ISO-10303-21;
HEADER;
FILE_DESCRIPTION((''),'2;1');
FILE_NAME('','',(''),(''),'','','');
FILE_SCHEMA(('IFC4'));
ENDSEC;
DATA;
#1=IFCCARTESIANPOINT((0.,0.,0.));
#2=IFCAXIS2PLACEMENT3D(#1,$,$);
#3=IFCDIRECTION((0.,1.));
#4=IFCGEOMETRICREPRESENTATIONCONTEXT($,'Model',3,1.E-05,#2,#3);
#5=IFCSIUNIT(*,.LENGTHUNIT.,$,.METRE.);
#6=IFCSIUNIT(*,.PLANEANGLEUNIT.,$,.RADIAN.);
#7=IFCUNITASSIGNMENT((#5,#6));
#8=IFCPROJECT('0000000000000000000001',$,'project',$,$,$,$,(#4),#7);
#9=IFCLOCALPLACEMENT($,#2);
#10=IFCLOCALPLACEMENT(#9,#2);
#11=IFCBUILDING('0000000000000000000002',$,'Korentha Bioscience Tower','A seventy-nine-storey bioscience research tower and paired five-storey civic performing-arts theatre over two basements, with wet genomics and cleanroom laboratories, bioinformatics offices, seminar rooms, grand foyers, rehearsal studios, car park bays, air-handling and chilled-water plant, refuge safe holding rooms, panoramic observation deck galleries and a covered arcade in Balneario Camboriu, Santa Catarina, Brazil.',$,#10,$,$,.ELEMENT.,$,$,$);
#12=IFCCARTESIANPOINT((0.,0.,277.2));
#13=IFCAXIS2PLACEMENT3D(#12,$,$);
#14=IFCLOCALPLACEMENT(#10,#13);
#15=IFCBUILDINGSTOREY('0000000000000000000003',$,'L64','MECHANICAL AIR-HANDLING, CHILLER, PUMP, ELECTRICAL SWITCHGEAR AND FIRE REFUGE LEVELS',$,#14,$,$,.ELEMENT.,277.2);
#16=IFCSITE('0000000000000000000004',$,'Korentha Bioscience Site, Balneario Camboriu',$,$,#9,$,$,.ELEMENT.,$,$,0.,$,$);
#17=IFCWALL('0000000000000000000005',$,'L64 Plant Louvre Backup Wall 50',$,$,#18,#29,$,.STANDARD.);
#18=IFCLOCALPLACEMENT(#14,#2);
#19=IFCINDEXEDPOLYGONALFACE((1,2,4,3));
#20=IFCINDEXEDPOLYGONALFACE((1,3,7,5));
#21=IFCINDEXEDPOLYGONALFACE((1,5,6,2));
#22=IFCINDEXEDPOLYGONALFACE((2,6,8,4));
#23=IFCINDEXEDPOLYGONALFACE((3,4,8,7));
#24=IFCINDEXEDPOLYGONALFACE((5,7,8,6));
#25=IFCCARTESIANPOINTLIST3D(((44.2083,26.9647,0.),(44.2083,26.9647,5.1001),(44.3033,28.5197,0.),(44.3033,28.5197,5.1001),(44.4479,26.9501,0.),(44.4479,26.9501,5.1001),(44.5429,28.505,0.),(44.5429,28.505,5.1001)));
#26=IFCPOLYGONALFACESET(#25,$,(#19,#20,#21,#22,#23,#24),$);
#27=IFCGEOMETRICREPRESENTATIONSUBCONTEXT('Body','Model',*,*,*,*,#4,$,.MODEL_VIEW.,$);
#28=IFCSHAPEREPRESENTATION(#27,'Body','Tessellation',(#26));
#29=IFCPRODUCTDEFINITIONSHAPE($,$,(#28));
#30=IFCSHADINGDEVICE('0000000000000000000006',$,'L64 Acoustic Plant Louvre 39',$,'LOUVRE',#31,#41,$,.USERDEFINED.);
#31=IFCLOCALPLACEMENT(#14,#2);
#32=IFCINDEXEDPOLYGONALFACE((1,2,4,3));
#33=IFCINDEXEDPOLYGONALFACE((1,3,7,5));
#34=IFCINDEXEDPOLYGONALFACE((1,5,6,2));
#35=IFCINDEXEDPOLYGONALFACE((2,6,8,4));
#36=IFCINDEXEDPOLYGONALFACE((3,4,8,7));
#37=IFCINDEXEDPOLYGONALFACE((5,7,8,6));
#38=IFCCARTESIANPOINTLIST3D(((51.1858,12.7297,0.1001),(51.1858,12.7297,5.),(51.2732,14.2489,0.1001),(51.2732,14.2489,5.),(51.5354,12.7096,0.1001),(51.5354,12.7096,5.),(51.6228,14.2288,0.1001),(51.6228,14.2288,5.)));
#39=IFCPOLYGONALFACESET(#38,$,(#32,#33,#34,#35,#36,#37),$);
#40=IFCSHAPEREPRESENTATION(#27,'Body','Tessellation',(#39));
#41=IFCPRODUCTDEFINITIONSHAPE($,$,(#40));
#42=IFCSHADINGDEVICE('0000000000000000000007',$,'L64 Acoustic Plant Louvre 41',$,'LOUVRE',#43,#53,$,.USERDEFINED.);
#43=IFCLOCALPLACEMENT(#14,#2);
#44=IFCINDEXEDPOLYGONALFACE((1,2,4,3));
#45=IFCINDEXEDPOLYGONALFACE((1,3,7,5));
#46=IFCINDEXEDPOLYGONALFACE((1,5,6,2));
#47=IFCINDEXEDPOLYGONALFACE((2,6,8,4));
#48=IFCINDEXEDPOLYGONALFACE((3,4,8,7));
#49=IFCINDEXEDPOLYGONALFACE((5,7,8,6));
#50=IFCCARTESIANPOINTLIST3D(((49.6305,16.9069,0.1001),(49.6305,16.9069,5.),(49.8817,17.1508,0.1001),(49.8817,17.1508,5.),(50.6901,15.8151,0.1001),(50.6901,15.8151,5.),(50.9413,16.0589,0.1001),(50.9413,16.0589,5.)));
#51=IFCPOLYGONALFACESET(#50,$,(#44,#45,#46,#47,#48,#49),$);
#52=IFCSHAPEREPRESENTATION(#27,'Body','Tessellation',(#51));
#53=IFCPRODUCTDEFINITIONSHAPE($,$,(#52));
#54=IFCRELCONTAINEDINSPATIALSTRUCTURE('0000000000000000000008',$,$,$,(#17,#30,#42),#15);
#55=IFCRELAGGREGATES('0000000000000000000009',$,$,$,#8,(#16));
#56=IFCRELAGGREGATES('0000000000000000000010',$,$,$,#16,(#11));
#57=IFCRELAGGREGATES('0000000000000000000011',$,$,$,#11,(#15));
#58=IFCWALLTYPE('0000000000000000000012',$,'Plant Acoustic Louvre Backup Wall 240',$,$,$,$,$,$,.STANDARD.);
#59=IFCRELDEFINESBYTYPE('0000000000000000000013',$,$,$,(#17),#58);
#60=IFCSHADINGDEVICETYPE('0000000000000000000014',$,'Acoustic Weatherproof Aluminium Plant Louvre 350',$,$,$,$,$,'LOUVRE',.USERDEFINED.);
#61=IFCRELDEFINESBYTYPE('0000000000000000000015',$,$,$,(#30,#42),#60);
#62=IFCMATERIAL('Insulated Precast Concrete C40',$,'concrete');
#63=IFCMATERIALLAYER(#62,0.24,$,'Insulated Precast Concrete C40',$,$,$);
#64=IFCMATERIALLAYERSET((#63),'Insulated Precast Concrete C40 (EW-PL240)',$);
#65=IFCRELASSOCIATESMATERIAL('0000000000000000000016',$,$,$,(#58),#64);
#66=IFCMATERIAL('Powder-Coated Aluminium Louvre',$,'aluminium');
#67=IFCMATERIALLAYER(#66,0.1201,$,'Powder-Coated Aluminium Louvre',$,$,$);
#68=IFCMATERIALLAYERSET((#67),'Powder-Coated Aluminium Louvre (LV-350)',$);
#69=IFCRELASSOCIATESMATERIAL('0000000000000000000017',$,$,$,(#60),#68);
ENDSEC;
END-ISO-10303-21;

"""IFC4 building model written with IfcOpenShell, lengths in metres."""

from ifc_helpers import new_model, si_unit, direction, frame, frame_2d, origin, origin_2d, place, context, subcontext, project, spatial, rectangle, extrude, material, layer, layer_set, type_object, element, save


model = new_model("IFC4")

# Units and contexts
model_context = context("Model", 3, precision=1e-05, world=origin(), true_north=direction((0.0, 1.0)))
body_context = subcontext(model_context, "Body", "Model", "MODEL_VIEW")
ifc_project = project(units=[si_unit("LENGTHUNIT", "METRE"), si_unit("PLANEANGLEUNIT", "RADIAN")], contexts=[model_context])

# Site, building, storey
site_placement = place(None, origin())
site = spatial("IfcSite", under=ifc_project, at=site_placement, Name="Korentha Bioscience Site, Balneario Camboriu", CompositionType="ELEMENT", RefElevation=0.0)
building_placement = place(site_placement, origin())
building = spatial("IfcBuilding", under=site, at=building_placement, Name="Korentha Bioscience Tower", Description="A seventy-nine-storey bioscience research tower and paired five-storey civic performing-arts theatre over two basements, with wet genomics and cleanroom laboratories, bioinformatics offices, seminar rooms, grand foyers, rehearsal studios, car park bays, air-handling and chilled-water plant, refuge safe holding rooms, panoramic observation deck galleries and a covered arcade in Balneario Camboriu, Santa Catarina, Brazil.", CompositionType="ELEMENT")
storey_placement = place(building_placement, frame((0.0, 0.0, 277.2)))
storey = spatial("IfcBuildingStorey", under=building, at=storey_placement, Name="L64", Description="MECHANICAL AIR-HANDLING, CHILLER, PUMP, ELECTRICAL SWITCHGEAR AND FIRE REFUGE LEVELS", CompositionType="ELEMENT", Elevation=277.2)

# Wall
ifc_material_1 = material(Name="Insulated Precast Concrete C40", Category="concrete")
ifc_layer_1 = layer(ifc_material_1, 0.24, Name="Insulated Precast Concrete C40")
ifc_layer_set_1 = layer_set([ifc_layer_1], Name="Insulated Precast Concrete C40 (EW-PL240)")
wall_type = type_object("IfcWallType", Name="Plant Acoustic Louvre Backup Wall 240", PredefinedType="STANDARD", material=ifc_layer_set_1)
for number, where, z_axis, x_axis, name in (
    (1, (44.3281, 26.9575, 0.0), (0.0, 0.0, 1.0), (0.060963, 0.99814, 0.0), "L64 Plant Louvre Backup Wall 50"),
):
    element("IfcWall", number, at=place(storey_placement, frame(where, z_axis=z_axis, x_axis=x_axis)), inside=storey, type_object=wall_type, Name=name, PredefinedType="STANDARD", context=body_context, shape_type="SweptSolid", body=[
        extrude(rectangle(XDim=1.5579, YDim=0.24, at=frame_2d((0.7788, 0.0))), origin(), (0.0, 0.0, 1.0), 5.1001),
    ])

# Shading devices
ifc_material_2 = material(Name="Powder-Coated Aluminium Louvre", Category="aluminium")
ifc_layer_2 = layer(ifc_material_2, 0.1201, Name="Powder-Coated Aluminium Louvre")
ifc_layer_set_2 = layer_set([ifc_layer_2], Name="Powder-Coated Aluminium Louvre (LV-350)")
shading_device_type = type_object("IfcShadingDeviceType", Name="Acoustic Weatherproof Aluminium Plant Louvre 350", ElementType="LOUVRE", PredefinedType="USERDEFINED", material=ifc_layer_set_2)
shading_device_1_placement = place(storey_placement, frame((51.4043, 13.4792, 0.1001), z_axis=(0.0, 0.0, 1.0), x_axis=(0.057443, 0.998349, 0.0)))
element("IfcShadingDevice", 2, at=shading_device_1_placement, inside=storey, type_object=shading_device_type, Name="L64 Acoustic Plant Louvre 39", ObjectType="LOUVRE", PredefinedType="USERDEFINED", context=body_context, shape_type="SweptSolid", body=[
    extrude(rectangle(XDim=1.5217, YDim=0.3501, at=origin_2d()), origin(), (0.0, 0.0, 1.0), 4.8999),
])
shading_device_2_placement = place(storey_placement, frame((50.2859, 16.4829, 0.1001), z_axis=(0.0, 0.0, 1.0), x_axis=(-0.696412, 0.717642, 0.0)))
element("IfcShadingDevice", 3, at=shading_device_2_placement, inside=storey, type_object=shading_device_type, Name="L64 Acoustic Plant Louvre 41", ObjectType="LOUVRE", PredefinedType="USERDEFINED", context=body_context, shape_type="SweptSolid", body=[
    extrude(rectangle(XDim=1.5215, YDim=0.3501, at=origin_2d()), origin(), (0.0, 0.0, 1.0), 4.8999),
])

save(model, "model.ifc")
